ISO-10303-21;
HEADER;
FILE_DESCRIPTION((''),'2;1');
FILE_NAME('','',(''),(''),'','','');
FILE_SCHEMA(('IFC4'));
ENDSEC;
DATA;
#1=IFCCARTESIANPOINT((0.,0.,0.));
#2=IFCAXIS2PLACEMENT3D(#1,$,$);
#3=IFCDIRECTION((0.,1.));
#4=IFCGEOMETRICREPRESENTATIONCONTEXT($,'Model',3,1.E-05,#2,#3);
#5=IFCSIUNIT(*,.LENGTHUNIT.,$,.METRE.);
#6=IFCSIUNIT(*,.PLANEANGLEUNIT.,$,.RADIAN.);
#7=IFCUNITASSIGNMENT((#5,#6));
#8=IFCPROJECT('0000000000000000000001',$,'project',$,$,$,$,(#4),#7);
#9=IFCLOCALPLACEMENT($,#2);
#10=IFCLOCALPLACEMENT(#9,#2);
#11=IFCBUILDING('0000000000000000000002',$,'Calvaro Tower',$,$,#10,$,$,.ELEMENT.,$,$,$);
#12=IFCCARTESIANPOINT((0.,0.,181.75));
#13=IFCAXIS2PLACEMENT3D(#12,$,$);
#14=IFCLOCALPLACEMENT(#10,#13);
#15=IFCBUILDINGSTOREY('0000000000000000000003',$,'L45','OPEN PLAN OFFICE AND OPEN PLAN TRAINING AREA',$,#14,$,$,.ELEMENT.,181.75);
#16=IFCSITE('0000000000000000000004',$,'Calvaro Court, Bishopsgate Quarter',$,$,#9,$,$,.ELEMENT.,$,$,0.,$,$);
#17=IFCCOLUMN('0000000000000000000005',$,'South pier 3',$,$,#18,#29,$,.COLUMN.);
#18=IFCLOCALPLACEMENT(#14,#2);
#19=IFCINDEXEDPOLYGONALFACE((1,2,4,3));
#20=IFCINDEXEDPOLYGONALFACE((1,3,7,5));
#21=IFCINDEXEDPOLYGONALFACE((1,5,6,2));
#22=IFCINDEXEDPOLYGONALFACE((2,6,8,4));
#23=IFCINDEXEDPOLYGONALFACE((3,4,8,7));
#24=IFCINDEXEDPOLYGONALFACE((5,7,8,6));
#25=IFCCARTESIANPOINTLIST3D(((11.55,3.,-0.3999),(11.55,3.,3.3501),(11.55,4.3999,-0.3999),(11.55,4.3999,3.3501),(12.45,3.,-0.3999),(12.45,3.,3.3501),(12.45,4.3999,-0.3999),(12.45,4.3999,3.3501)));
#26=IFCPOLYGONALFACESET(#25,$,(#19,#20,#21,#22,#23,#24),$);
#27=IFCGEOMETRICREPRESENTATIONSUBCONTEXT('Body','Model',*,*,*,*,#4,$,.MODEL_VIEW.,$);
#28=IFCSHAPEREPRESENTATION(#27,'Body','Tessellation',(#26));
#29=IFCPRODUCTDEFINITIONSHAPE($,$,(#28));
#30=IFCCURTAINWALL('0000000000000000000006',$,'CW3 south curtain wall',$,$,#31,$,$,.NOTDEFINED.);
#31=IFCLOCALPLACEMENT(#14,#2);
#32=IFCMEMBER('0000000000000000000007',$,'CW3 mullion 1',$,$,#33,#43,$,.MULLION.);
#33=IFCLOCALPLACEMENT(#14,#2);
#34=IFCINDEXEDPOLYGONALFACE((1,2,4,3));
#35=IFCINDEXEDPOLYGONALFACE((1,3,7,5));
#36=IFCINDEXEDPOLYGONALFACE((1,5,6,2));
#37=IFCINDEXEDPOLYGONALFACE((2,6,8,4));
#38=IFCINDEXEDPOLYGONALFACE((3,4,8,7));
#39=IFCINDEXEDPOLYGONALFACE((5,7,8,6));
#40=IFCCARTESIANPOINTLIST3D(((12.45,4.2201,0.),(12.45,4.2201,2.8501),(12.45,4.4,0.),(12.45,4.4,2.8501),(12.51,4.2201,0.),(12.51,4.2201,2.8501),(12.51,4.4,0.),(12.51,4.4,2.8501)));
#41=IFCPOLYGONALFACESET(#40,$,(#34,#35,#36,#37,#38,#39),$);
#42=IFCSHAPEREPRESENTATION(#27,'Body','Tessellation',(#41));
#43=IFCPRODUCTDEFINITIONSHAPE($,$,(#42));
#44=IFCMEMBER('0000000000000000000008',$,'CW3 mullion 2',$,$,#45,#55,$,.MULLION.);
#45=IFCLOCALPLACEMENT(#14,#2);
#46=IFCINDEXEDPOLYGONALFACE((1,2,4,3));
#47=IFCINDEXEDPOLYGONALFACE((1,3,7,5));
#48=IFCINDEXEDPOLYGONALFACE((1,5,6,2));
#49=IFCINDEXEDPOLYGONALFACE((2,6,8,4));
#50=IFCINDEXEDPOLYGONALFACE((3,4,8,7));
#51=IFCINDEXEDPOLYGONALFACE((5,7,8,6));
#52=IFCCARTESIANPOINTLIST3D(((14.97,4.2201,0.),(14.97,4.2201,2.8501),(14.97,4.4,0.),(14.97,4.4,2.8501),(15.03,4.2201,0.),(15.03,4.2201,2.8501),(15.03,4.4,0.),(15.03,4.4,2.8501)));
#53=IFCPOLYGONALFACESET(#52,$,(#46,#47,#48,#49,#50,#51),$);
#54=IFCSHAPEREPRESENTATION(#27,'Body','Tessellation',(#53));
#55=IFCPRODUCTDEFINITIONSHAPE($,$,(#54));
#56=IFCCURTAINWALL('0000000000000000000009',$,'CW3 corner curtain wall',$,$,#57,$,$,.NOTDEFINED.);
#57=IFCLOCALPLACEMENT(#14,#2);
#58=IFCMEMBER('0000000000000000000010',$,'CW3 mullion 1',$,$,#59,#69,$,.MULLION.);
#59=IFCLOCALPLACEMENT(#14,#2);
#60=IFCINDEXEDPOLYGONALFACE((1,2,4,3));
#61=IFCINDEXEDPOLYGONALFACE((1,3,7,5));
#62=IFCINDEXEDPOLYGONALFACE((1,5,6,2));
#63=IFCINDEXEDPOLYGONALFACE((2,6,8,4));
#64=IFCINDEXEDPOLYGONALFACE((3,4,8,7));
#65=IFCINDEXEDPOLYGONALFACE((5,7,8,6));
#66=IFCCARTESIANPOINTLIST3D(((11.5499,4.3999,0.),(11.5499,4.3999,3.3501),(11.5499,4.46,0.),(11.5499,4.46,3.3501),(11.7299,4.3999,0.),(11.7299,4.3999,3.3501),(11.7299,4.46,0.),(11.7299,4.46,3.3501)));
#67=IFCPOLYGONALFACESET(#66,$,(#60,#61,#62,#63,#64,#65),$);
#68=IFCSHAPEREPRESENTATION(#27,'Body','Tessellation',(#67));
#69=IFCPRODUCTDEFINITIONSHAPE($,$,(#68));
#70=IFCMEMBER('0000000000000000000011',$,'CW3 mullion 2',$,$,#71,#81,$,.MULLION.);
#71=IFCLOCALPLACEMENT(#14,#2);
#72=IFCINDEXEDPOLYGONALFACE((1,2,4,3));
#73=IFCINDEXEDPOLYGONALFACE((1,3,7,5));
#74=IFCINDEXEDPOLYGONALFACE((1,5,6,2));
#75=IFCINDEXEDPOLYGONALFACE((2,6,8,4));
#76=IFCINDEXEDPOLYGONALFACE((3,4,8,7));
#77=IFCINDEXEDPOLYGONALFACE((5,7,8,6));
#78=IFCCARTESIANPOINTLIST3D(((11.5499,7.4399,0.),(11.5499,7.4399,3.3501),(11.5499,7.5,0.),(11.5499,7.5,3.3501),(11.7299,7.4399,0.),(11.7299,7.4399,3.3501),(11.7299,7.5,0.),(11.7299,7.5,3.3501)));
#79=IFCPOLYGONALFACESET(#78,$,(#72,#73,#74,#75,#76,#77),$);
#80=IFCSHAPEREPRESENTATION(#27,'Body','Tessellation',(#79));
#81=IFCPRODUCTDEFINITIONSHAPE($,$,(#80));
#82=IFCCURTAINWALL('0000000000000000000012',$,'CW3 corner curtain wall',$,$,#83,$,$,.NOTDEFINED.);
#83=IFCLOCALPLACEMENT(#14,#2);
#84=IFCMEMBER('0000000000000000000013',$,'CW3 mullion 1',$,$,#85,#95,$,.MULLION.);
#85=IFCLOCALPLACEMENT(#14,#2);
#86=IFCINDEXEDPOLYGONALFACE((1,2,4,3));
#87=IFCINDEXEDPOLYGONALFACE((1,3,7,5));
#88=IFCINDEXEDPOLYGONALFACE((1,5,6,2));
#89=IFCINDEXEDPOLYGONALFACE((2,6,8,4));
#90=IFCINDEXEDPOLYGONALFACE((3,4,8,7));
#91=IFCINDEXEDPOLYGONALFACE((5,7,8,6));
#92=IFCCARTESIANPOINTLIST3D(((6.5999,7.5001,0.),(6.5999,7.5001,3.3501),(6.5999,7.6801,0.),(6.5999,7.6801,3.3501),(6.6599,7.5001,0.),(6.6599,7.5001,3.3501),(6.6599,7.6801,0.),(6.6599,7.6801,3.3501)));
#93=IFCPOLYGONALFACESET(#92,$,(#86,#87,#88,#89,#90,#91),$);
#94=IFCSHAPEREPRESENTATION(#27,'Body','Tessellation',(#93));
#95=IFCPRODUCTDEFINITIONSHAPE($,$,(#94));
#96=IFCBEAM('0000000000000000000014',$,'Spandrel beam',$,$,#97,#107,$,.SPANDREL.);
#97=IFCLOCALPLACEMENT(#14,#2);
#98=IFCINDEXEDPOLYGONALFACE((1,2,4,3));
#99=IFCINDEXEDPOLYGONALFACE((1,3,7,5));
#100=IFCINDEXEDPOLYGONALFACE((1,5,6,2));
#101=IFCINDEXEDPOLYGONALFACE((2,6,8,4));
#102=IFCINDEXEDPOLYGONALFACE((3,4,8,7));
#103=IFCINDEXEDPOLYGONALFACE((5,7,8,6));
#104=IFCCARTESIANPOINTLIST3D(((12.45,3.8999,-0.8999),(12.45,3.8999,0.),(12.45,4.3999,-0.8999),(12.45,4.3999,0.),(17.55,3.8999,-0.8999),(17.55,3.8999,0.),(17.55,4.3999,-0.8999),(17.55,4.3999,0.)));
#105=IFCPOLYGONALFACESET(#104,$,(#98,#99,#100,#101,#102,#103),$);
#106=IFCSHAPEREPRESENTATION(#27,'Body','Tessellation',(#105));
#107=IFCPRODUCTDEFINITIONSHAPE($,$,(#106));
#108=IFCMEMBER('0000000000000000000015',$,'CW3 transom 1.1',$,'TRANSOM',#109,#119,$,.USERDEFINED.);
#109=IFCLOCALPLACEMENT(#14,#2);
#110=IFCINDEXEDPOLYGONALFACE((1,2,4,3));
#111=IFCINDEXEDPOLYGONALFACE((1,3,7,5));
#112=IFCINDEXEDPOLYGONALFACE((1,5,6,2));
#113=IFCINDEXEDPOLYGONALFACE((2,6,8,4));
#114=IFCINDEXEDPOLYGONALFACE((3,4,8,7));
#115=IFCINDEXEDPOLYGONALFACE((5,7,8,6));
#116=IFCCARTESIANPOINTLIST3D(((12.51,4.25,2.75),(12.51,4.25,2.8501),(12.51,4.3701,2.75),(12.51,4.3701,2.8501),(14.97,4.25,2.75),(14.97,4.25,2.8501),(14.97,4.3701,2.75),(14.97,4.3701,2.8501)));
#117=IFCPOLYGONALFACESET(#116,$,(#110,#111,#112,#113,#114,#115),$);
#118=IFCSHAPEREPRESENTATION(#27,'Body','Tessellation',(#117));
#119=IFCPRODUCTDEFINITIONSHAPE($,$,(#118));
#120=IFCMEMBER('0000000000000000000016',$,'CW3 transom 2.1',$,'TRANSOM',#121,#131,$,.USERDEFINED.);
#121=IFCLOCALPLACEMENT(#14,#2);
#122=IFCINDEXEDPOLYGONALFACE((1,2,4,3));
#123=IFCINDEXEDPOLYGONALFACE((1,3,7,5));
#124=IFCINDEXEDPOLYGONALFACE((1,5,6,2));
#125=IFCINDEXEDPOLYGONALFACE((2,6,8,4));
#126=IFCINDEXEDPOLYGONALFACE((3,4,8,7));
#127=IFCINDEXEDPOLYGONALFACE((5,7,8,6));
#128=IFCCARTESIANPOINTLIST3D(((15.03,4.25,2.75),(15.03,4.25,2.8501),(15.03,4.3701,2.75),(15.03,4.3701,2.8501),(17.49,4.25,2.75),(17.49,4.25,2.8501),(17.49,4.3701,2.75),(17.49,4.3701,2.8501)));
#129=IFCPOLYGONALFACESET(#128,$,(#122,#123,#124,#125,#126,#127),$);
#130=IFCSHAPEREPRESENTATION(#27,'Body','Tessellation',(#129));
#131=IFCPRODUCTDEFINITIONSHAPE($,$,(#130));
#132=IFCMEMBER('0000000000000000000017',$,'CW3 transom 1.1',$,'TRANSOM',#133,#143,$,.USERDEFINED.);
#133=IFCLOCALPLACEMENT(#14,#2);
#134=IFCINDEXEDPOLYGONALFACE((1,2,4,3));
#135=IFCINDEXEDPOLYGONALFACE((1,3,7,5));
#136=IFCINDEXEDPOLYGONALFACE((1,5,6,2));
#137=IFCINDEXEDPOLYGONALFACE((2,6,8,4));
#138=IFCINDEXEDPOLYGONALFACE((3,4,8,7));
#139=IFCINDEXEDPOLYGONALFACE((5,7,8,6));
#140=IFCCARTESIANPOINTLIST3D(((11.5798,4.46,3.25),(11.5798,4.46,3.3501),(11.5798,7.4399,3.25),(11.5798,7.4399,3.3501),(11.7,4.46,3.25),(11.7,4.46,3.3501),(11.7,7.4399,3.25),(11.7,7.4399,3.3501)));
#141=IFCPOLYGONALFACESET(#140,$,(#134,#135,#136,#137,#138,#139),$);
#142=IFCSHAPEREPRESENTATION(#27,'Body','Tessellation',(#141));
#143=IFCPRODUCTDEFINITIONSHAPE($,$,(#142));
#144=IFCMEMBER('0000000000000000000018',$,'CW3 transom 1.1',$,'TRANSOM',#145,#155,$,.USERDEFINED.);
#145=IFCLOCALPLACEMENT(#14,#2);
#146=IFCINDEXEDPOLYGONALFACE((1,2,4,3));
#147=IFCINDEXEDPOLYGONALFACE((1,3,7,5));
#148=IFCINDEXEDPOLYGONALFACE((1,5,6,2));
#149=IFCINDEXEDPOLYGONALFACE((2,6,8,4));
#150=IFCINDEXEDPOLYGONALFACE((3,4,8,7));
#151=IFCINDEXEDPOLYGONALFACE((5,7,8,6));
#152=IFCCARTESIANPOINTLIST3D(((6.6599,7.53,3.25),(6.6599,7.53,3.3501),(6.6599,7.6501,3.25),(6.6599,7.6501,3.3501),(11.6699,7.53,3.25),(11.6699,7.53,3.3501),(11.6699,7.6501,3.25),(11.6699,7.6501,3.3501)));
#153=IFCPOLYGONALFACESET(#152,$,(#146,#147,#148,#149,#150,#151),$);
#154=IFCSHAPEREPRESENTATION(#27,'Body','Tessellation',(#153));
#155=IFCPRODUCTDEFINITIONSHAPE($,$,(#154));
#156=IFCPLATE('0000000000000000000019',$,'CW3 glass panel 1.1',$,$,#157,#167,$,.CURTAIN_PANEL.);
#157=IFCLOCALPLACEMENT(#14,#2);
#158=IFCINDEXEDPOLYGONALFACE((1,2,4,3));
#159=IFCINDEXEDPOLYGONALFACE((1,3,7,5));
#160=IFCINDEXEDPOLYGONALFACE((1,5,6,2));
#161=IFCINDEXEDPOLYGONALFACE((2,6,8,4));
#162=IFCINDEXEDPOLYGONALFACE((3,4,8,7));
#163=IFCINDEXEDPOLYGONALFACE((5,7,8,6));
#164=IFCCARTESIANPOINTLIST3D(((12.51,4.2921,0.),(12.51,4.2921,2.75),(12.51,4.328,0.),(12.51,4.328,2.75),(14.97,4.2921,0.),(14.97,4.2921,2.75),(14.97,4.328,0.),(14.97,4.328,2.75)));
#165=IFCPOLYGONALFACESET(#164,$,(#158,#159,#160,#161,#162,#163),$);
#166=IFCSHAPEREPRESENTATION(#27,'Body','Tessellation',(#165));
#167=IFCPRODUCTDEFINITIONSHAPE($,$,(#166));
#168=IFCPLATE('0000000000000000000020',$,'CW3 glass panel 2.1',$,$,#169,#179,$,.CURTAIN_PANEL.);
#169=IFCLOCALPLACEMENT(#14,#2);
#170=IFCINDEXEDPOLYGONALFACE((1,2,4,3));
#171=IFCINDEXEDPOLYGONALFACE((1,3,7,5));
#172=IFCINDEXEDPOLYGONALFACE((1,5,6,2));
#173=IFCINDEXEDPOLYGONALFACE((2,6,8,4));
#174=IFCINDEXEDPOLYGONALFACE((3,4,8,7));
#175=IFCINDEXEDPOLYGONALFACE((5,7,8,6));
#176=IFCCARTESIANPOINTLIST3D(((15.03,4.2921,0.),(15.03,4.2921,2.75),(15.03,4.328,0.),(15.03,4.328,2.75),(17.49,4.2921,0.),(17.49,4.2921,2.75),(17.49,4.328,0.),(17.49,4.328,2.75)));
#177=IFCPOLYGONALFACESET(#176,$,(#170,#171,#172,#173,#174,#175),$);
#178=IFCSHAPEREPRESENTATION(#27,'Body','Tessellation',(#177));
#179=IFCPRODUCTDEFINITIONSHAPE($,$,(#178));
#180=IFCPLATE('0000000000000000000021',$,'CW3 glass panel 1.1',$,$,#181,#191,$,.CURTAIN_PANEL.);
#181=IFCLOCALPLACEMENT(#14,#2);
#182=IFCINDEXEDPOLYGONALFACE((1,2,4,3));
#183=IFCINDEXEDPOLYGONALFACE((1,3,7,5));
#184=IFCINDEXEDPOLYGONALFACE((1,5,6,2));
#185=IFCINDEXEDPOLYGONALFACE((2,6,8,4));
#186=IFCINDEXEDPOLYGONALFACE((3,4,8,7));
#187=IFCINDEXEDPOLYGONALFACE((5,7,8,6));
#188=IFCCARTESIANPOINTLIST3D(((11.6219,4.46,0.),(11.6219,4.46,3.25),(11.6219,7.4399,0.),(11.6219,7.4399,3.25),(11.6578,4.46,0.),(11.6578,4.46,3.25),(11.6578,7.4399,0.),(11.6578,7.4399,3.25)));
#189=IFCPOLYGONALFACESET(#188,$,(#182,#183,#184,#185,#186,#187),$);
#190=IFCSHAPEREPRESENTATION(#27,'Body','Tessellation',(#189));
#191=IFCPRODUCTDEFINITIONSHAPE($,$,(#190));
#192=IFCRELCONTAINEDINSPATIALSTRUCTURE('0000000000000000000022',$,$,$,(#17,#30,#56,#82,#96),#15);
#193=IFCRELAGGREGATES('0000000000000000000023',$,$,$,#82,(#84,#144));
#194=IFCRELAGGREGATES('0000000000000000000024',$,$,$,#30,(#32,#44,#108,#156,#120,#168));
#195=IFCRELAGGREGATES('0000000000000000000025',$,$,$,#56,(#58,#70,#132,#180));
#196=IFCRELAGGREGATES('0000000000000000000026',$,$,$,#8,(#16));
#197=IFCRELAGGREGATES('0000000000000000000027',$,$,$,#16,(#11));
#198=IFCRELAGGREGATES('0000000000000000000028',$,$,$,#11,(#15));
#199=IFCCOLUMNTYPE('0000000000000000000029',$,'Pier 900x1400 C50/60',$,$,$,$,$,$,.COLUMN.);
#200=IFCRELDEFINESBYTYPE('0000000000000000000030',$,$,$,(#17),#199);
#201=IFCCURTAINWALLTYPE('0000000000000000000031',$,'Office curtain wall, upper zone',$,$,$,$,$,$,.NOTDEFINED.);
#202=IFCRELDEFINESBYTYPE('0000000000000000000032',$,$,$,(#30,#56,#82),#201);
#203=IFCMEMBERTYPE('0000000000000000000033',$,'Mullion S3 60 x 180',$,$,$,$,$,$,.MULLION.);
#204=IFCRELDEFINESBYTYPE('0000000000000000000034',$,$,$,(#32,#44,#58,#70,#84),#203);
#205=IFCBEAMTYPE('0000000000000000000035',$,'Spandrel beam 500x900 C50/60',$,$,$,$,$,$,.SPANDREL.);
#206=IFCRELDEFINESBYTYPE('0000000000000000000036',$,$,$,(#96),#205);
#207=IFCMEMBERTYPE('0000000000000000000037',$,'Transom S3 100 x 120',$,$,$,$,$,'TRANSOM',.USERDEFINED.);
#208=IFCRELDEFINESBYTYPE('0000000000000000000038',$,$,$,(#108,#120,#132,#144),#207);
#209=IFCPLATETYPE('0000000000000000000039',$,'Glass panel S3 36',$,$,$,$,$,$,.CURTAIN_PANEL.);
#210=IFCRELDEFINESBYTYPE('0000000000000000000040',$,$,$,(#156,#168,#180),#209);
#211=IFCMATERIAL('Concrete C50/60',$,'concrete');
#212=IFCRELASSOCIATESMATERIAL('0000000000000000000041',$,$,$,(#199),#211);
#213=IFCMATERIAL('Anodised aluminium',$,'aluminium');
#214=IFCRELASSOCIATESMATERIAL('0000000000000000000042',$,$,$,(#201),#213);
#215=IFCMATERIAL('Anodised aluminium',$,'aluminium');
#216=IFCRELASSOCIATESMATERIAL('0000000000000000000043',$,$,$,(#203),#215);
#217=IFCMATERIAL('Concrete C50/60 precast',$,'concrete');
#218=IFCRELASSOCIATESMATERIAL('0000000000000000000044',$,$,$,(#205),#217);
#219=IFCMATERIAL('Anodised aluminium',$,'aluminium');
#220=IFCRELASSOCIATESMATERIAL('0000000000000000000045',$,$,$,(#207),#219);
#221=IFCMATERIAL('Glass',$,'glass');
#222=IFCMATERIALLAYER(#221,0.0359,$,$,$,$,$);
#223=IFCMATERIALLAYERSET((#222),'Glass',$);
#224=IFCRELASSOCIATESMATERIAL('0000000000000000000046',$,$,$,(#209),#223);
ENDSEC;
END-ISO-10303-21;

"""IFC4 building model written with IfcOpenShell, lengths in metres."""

from ifc_helpers import new_model, si_unit, direction, frame, origin, origin_2d, place, context, subcontext, project, spatial, rectangle, extrude, material, layer, layer_set, material_profile, profile_set, type_object, element, aggregate, save


model = new_model("IFC4")

# Units and contexts
model_context = context("Model", 3, precision=1e-05, world=origin(), true_north=direction((0.0, 1.0)))
body_context = subcontext(model_context, "Body", "Model", "MODEL_VIEW")
ifc_project = project(units=[si_unit("LENGTHUNIT", "METRE"), si_unit("PLANEANGLEUNIT", "RADIAN")], contexts=[model_context])

# Site, building, storey
site_placement = place(None, origin())
site = spatial("IfcSite", under=ifc_project, at=site_placement, Name="Calvaro Court, Bishopsgate Quarter", CompositionType="ELEMENT", RefElevation=0.0)
building_placement = place(site_placement, origin())
building = spatial("IfcBuilding", under=site, at=building_placement, Name="Calvaro Tower", CompositionType="ELEMENT")
storey_placement = place(building_placement, frame((0.0, 0.0, 181.75)))
storey = spatial("IfcBuildingStorey", under=building, at=storey_placement, Name="L45", Description="OPEN PLAN OFFICE AND OPEN PLAN TRAINING AREA", CompositionType="ELEMENT", Elevation=181.75)

# Column
ifc_material_1 = material(Name="Concrete C50/60", Category="concrete")
ifc_material_profile_1 = material_profile(ifc_material_1, rectangle(XDim=0.8999, YDim=1.3999, at=origin_2d()), Name="RC 900x1400")
ifc_profile_set_1 = profile_set([ifc_material_profile_1], Name="Concrete C50/60")
column_type = type_object("IfcColumnType", Name="Pier 900x1400 C50/60", PredefinedType="COLUMN", material=ifc_profile_set_1)
column_placement = place(storey_placement, frame((12.0, 3.7, -0.3999), z_axis=(0.0, 0.0, 1.0), x_axis=(1.0, 0.0, 0.0)))
element("IfcColumn", 1, at=column_placement, inside=storey, type_object=column_type, Name="South pier 3", PredefinedType="COLUMN", context=body_context, shape_type="SweptSolid", body=[
    extrude(rectangle(XDim=0.8999, YDim=1.3999, at=origin_2d()), origin(), (0.0, 0.0, 1.0), 3.75),
])

# Curtain walls, members
ifc_material_2 = material(Name="Anodised aluminium", Category="aluminium")
curtain_wall_type = type_object("IfcCurtainWallType", Name="Office curtain wall, upper zone", PredefinedType="NOTDEFINED", material=ifc_material_2)
curtain_wall_1_placement = place(storey_placement, origin())
curtain_wall_1 = element("IfcCurtainWall", 2, at=curtain_wall_1_placement, inside=storey, type_object=curtain_wall_type, Name="CW3 south curtain wall", PredefinedType="NOTDEFINED")
ifc_material_3 = material(Name="Anodised aluminium", Category="aluminium")
ifc_material_profile_2 = material_profile(ifc_material_3, rectangle(XDim=0.1799, YDim=0.0601, at=origin_2d()), Name="Mullion S3 60 x 180")
ifc_profile_set_2 = profile_set([ifc_material_profile_2], Name="Anodised aluminium")
member_type_1 = type_object("IfcMemberType", Name="Mullion S3 60 x 180", PredefinedType="MULLION", material=ifc_profile_set_2)
member_1_placement = place(storey_placement, frame((12.48, 4.3101, 0.0), z_axis=(0.0, 0.0, 1.0), x_axis=(0.0, 1.0, 0.0)))
member_1 = element("IfcMember", 3, at=member_1_placement, type_object=member_type_1, Name="CW3 mullion 1", PredefinedType="MULLION", context=body_context, shape_type="SweptSolid", body=[
    extrude(rectangle(XDim=0.1799, YDim=0.0601, at=origin_2d()), origin(), (0.0, 0.0, 1.0), 2.8501),
])
member_2_placement = place(storey_placement, frame((15.0, 4.3101, 0.0), z_axis=(0.0, 0.0, 1.0), x_axis=(0.0, 1.0, 0.0)))
member_2 = element("IfcMember", 4, at=member_2_placement, type_object=member_type_1, Name="CW3 mullion 2", PredefinedType="MULLION", context=body_context, shape_type="SweptSolid", body=[
    extrude(rectangle(XDim=0.1799, YDim=0.0601, at=origin_2d()), origin(), (0.0, 0.0, 1.0), 2.8501),
])
curtain_wall_2_placement = place(storey_placement, origin())
curtain_wall_2 = element("IfcCurtainWall", 5, at=curtain_wall_2_placement, inside=storey, type_object=curtain_wall_type, Name="CW3 corner curtain wall", PredefinedType="NOTDEFINED")
member_3_placement = place(storey_placement, frame((11.6399, 4.4299, 0.0), z_axis=(0.0, 0.0, 1.0), x_axis=(-1.0, 0.0, 0.0)))
member_3 = element("IfcMember", 6, at=member_3_placement, type_object=member_type_1, Name="CW3 mullion 1", PredefinedType="MULLION", context=body_context, shape_type="SweptSolid", body=[
    extrude(rectangle(XDim=0.1799, YDim=0.0601, at=origin_2d()), origin(), (0.0, 0.0, 1.0), 3.3501),
])
member_4_placement = place(storey_placement, frame((11.6399, 7.47, 0.0), z_axis=(0.0, 0.0, 1.0), x_axis=(-1.0, 0.0, 0.0)))
member_4 = element("IfcMember", 7, at=member_4_placement, type_object=member_type_1, Name="CW3 mullion 2", PredefinedType="MULLION", context=body_context, shape_type="SweptSolid", body=[
    extrude(rectangle(XDim=0.1799, YDim=0.0601, at=origin_2d()), origin(), (0.0, 0.0, 1.0), 3.3501),
])

# Curtain wall, member
curtain_wall_3_placement = place(storey_placement, origin())
curtain_wall_3 = element("IfcCurtainWall", 8, at=curtain_wall_3_placement, inside=storey, type_object=curtain_wall_type, Name="CW3 corner curtain wall", PredefinedType="NOTDEFINED")
member_5_placement = place(storey_placement, frame((6.6299, 7.5901, 0.0), z_axis=(0.0, 0.0, 1.0), x_axis=(0.0, 1.0, 0.0)))
member_5 = element("IfcMember", 9, at=member_5_placement, type_object=member_type_1, Name="CW3 mullion 1", PredefinedType="MULLION", context=body_context, shape_type="SweptSolid", body=[
    extrude(rectangle(XDim=0.1799, YDim=0.0601, at=origin_2d()), origin(), (0.0, 0.0, 1.0), 3.3501),
])

# Beam
ifc_material_4 = material(Name="Concrete C50/60 precast", Category="concrete")
ifc_material_profile_3 = material_profile(ifc_material_4, rectangle(XDim=0.5, YDim=0.8999, at=origin_2d()), Name="RC 500x900")
ifc_profile_set_3 = profile_set([ifc_material_profile_3], Name="Concrete C50/60 precast")
beam_type = type_object("IfcBeamType", Name="Spandrel beam 500x900 C50/60", PredefinedType="SPANDREL", material=ifc_profile_set_3)
beam_placement = place(storey_placement, frame((12.45, 4.1499, -0.45), z_axis=(1.0, 0.0, 0.0), x_axis=(0.0, 1.0, 0.0)))
element("IfcBeam", 10, at=beam_placement, inside=storey, type_object=beam_type, Name="Spandrel beam", PredefinedType="SPANDREL", context=body_context, shape_type="SweptSolid", body=[
    extrude(rectangle(XDim=0.5, YDim=0.8999, at=origin_2d()), origin(), (0.0, 0.0, 1.0), 5.1001),
])

# Members
ifc_material_5 = material(Name="Anodised aluminium", Category="aluminium")
ifc_material_profile_4 = material_profile(ifc_material_5, rectangle(XDim=0.1201, YDim=0.1001, at=origin_2d()), Name="Transom S3 100 x 120")
ifc_profile_set_4 = profile_set([ifc_material_profile_4], Name="Anodised aluminium")
member_type_2 = type_object("IfcMemberType", Name="Transom S3 100 x 120", ElementType="TRANSOM", PredefinedType="USERDEFINED", material=ifc_profile_set_4)
member_6_placement = place(storey_placement, frame((12.51, 4.3101, 2.8), z_axis=(1.0, 0.0, 0.0), x_axis=(0.0, 1.0, 0.0)))
member_6 = element("IfcMember", 11, at=member_6_placement, type_object=member_type_2, Name="CW3 transom 1.1", ObjectType="TRANSOM", PredefinedType="USERDEFINED", context=body_context, shape_type="SweptSolid", body=[
    extrude(rectangle(XDim=0.1201, YDim=0.1001, at=origin_2d()), origin(), (0.0, 0.0, 1.0), 2.46),
])
member_7_placement = place(storey_placement, frame((15.03, 4.3101, 2.8), z_axis=(1.0, 0.0, 0.0), x_axis=(0.0, 1.0, 0.0)))
member_7 = element("IfcMember", 12, at=member_7_placement, type_object=member_type_2, Name="CW3 transom 2.1", ObjectType="TRANSOM", PredefinedType="USERDEFINED", context=body_context, shape_type="SweptSolid", body=[
    extrude(rectangle(XDim=0.1201, YDim=0.1001, at=origin_2d()), origin(), (0.0, 0.0, 1.0), 2.46),
])
member_8_placement = place(storey_placement, frame((11.6399, 4.46, 3.3), z_axis=(0.0, 1.0, 0.0), x_axis=(-1.0, 0.0, 0.0)))
member_8 = element("IfcMember", 13, at=member_8_placement, type_object=member_type_2, Name="CW3 transom 1.1", ObjectType="TRANSOM", PredefinedType="USERDEFINED", context=body_context, shape_type="SweptSolid", body=[
    extrude(rectangle(XDim=0.1201, YDim=0.1001, at=origin_2d()), origin(), (0.0, 0.0, 1.0), 2.98),
])
member_9_placement = place(storey_placement, frame((6.6599, 7.5901, 3.3), z_axis=(1.0, 0.0, 0.0), x_axis=(0.0, 1.0, 0.0)))
member_9 = element("IfcMember", 14, at=member_9_placement, type_object=member_type_2, Name="CW3 transom 1.1", ObjectType="TRANSOM", PredefinedType="USERDEFINED", context=body_context, shape_type="SweptSolid", body=[
    extrude(rectangle(XDim=0.1201, YDim=0.1001, at=origin_2d()), origin(), (0.0, 0.0, 1.0), 5.01),
])
aggregate(curtain_wall_3, [member_5, member_9])

# Plates
ifc_material_6 = material(Name="Glass", Category="glass")
ifc_layer_1 = layer(ifc_material_6, 0.0359)
ifc_layer_set_1 = layer_set([ifc_layer_1], Name="Glass")
plate_type = type_object("IfcPlateType", Name="Glass panel S3 36", PredefinedType="CURTAIN_PANEL", material=ifc_layer_set_1)
plate_1_placement = place(storey_placement, frame((13.74, 4.3101, 0.0), z_axis=(0.0, 0.0, 1.0), x_axis=(1.0, 0.0, 0.0)))
plate_1 = element("IfcPlate", 15, at=plate_1_placement, type_object=plate_type, Name="CW3 glass panel 1.1", PredefinedType="CURTAIN_PANEL", context=body_context, shape_type="SweptSolid", body=[
    extrude(rectangle(XDim=2.46, YDim=0.0359, at=origin_2d()), origin(), (0.0, 0.0, 1.0), 2.75),
])
plate_2_placement = place(storey_placement, frame((16.26, 4.3101, 0.0), z_axis=(0.0, 0.0, 1.0), x_axis=(1.0, 0.0, 0.0)))
plate_2 = element("IfcPlate", 16, at=plate_2_placement, type_object=plate_type, Name="CW3 glass panel 2.1", PredefinedType="CURTAIN_PANEL", context=body_context, shape_type="SweptSolid", body=[
    extrude(rectangle(XDim=2.46, YDim=0.0359, at=origin_2d()), origin(), (0.0, 0.0, 1.0), 2.75),
])
aggregate(curtain_wall_1, [member_1, member_2, member_6, plate_1, member_7, plate_2])
plate_3_placement = place(storey_placement, frame((11.6399, 5.95, 0.0), z_axis=(0.0, 0.0, 1.0), x_axis=(0.0, 1.0, 0.0)))
plate_3 = element("IfcPlate", 17, at=plate_3_placement, type_object=plate_type, Name="CW3 glass panel 1.1", PredefinedType="CURTAIN_PANEL", context=body_context, shape_type="SweptSolid", body=[
    extrude(rectangle(XDim=2.98, YDim=0.0359, at=origin_2d()), origin(), (0.0, 0.0, 1.0), 3.25),
])
aggregate(curtain_wall_2, [member_3, member_4, member_8, plate_3])

save(model, "model.ifc")
